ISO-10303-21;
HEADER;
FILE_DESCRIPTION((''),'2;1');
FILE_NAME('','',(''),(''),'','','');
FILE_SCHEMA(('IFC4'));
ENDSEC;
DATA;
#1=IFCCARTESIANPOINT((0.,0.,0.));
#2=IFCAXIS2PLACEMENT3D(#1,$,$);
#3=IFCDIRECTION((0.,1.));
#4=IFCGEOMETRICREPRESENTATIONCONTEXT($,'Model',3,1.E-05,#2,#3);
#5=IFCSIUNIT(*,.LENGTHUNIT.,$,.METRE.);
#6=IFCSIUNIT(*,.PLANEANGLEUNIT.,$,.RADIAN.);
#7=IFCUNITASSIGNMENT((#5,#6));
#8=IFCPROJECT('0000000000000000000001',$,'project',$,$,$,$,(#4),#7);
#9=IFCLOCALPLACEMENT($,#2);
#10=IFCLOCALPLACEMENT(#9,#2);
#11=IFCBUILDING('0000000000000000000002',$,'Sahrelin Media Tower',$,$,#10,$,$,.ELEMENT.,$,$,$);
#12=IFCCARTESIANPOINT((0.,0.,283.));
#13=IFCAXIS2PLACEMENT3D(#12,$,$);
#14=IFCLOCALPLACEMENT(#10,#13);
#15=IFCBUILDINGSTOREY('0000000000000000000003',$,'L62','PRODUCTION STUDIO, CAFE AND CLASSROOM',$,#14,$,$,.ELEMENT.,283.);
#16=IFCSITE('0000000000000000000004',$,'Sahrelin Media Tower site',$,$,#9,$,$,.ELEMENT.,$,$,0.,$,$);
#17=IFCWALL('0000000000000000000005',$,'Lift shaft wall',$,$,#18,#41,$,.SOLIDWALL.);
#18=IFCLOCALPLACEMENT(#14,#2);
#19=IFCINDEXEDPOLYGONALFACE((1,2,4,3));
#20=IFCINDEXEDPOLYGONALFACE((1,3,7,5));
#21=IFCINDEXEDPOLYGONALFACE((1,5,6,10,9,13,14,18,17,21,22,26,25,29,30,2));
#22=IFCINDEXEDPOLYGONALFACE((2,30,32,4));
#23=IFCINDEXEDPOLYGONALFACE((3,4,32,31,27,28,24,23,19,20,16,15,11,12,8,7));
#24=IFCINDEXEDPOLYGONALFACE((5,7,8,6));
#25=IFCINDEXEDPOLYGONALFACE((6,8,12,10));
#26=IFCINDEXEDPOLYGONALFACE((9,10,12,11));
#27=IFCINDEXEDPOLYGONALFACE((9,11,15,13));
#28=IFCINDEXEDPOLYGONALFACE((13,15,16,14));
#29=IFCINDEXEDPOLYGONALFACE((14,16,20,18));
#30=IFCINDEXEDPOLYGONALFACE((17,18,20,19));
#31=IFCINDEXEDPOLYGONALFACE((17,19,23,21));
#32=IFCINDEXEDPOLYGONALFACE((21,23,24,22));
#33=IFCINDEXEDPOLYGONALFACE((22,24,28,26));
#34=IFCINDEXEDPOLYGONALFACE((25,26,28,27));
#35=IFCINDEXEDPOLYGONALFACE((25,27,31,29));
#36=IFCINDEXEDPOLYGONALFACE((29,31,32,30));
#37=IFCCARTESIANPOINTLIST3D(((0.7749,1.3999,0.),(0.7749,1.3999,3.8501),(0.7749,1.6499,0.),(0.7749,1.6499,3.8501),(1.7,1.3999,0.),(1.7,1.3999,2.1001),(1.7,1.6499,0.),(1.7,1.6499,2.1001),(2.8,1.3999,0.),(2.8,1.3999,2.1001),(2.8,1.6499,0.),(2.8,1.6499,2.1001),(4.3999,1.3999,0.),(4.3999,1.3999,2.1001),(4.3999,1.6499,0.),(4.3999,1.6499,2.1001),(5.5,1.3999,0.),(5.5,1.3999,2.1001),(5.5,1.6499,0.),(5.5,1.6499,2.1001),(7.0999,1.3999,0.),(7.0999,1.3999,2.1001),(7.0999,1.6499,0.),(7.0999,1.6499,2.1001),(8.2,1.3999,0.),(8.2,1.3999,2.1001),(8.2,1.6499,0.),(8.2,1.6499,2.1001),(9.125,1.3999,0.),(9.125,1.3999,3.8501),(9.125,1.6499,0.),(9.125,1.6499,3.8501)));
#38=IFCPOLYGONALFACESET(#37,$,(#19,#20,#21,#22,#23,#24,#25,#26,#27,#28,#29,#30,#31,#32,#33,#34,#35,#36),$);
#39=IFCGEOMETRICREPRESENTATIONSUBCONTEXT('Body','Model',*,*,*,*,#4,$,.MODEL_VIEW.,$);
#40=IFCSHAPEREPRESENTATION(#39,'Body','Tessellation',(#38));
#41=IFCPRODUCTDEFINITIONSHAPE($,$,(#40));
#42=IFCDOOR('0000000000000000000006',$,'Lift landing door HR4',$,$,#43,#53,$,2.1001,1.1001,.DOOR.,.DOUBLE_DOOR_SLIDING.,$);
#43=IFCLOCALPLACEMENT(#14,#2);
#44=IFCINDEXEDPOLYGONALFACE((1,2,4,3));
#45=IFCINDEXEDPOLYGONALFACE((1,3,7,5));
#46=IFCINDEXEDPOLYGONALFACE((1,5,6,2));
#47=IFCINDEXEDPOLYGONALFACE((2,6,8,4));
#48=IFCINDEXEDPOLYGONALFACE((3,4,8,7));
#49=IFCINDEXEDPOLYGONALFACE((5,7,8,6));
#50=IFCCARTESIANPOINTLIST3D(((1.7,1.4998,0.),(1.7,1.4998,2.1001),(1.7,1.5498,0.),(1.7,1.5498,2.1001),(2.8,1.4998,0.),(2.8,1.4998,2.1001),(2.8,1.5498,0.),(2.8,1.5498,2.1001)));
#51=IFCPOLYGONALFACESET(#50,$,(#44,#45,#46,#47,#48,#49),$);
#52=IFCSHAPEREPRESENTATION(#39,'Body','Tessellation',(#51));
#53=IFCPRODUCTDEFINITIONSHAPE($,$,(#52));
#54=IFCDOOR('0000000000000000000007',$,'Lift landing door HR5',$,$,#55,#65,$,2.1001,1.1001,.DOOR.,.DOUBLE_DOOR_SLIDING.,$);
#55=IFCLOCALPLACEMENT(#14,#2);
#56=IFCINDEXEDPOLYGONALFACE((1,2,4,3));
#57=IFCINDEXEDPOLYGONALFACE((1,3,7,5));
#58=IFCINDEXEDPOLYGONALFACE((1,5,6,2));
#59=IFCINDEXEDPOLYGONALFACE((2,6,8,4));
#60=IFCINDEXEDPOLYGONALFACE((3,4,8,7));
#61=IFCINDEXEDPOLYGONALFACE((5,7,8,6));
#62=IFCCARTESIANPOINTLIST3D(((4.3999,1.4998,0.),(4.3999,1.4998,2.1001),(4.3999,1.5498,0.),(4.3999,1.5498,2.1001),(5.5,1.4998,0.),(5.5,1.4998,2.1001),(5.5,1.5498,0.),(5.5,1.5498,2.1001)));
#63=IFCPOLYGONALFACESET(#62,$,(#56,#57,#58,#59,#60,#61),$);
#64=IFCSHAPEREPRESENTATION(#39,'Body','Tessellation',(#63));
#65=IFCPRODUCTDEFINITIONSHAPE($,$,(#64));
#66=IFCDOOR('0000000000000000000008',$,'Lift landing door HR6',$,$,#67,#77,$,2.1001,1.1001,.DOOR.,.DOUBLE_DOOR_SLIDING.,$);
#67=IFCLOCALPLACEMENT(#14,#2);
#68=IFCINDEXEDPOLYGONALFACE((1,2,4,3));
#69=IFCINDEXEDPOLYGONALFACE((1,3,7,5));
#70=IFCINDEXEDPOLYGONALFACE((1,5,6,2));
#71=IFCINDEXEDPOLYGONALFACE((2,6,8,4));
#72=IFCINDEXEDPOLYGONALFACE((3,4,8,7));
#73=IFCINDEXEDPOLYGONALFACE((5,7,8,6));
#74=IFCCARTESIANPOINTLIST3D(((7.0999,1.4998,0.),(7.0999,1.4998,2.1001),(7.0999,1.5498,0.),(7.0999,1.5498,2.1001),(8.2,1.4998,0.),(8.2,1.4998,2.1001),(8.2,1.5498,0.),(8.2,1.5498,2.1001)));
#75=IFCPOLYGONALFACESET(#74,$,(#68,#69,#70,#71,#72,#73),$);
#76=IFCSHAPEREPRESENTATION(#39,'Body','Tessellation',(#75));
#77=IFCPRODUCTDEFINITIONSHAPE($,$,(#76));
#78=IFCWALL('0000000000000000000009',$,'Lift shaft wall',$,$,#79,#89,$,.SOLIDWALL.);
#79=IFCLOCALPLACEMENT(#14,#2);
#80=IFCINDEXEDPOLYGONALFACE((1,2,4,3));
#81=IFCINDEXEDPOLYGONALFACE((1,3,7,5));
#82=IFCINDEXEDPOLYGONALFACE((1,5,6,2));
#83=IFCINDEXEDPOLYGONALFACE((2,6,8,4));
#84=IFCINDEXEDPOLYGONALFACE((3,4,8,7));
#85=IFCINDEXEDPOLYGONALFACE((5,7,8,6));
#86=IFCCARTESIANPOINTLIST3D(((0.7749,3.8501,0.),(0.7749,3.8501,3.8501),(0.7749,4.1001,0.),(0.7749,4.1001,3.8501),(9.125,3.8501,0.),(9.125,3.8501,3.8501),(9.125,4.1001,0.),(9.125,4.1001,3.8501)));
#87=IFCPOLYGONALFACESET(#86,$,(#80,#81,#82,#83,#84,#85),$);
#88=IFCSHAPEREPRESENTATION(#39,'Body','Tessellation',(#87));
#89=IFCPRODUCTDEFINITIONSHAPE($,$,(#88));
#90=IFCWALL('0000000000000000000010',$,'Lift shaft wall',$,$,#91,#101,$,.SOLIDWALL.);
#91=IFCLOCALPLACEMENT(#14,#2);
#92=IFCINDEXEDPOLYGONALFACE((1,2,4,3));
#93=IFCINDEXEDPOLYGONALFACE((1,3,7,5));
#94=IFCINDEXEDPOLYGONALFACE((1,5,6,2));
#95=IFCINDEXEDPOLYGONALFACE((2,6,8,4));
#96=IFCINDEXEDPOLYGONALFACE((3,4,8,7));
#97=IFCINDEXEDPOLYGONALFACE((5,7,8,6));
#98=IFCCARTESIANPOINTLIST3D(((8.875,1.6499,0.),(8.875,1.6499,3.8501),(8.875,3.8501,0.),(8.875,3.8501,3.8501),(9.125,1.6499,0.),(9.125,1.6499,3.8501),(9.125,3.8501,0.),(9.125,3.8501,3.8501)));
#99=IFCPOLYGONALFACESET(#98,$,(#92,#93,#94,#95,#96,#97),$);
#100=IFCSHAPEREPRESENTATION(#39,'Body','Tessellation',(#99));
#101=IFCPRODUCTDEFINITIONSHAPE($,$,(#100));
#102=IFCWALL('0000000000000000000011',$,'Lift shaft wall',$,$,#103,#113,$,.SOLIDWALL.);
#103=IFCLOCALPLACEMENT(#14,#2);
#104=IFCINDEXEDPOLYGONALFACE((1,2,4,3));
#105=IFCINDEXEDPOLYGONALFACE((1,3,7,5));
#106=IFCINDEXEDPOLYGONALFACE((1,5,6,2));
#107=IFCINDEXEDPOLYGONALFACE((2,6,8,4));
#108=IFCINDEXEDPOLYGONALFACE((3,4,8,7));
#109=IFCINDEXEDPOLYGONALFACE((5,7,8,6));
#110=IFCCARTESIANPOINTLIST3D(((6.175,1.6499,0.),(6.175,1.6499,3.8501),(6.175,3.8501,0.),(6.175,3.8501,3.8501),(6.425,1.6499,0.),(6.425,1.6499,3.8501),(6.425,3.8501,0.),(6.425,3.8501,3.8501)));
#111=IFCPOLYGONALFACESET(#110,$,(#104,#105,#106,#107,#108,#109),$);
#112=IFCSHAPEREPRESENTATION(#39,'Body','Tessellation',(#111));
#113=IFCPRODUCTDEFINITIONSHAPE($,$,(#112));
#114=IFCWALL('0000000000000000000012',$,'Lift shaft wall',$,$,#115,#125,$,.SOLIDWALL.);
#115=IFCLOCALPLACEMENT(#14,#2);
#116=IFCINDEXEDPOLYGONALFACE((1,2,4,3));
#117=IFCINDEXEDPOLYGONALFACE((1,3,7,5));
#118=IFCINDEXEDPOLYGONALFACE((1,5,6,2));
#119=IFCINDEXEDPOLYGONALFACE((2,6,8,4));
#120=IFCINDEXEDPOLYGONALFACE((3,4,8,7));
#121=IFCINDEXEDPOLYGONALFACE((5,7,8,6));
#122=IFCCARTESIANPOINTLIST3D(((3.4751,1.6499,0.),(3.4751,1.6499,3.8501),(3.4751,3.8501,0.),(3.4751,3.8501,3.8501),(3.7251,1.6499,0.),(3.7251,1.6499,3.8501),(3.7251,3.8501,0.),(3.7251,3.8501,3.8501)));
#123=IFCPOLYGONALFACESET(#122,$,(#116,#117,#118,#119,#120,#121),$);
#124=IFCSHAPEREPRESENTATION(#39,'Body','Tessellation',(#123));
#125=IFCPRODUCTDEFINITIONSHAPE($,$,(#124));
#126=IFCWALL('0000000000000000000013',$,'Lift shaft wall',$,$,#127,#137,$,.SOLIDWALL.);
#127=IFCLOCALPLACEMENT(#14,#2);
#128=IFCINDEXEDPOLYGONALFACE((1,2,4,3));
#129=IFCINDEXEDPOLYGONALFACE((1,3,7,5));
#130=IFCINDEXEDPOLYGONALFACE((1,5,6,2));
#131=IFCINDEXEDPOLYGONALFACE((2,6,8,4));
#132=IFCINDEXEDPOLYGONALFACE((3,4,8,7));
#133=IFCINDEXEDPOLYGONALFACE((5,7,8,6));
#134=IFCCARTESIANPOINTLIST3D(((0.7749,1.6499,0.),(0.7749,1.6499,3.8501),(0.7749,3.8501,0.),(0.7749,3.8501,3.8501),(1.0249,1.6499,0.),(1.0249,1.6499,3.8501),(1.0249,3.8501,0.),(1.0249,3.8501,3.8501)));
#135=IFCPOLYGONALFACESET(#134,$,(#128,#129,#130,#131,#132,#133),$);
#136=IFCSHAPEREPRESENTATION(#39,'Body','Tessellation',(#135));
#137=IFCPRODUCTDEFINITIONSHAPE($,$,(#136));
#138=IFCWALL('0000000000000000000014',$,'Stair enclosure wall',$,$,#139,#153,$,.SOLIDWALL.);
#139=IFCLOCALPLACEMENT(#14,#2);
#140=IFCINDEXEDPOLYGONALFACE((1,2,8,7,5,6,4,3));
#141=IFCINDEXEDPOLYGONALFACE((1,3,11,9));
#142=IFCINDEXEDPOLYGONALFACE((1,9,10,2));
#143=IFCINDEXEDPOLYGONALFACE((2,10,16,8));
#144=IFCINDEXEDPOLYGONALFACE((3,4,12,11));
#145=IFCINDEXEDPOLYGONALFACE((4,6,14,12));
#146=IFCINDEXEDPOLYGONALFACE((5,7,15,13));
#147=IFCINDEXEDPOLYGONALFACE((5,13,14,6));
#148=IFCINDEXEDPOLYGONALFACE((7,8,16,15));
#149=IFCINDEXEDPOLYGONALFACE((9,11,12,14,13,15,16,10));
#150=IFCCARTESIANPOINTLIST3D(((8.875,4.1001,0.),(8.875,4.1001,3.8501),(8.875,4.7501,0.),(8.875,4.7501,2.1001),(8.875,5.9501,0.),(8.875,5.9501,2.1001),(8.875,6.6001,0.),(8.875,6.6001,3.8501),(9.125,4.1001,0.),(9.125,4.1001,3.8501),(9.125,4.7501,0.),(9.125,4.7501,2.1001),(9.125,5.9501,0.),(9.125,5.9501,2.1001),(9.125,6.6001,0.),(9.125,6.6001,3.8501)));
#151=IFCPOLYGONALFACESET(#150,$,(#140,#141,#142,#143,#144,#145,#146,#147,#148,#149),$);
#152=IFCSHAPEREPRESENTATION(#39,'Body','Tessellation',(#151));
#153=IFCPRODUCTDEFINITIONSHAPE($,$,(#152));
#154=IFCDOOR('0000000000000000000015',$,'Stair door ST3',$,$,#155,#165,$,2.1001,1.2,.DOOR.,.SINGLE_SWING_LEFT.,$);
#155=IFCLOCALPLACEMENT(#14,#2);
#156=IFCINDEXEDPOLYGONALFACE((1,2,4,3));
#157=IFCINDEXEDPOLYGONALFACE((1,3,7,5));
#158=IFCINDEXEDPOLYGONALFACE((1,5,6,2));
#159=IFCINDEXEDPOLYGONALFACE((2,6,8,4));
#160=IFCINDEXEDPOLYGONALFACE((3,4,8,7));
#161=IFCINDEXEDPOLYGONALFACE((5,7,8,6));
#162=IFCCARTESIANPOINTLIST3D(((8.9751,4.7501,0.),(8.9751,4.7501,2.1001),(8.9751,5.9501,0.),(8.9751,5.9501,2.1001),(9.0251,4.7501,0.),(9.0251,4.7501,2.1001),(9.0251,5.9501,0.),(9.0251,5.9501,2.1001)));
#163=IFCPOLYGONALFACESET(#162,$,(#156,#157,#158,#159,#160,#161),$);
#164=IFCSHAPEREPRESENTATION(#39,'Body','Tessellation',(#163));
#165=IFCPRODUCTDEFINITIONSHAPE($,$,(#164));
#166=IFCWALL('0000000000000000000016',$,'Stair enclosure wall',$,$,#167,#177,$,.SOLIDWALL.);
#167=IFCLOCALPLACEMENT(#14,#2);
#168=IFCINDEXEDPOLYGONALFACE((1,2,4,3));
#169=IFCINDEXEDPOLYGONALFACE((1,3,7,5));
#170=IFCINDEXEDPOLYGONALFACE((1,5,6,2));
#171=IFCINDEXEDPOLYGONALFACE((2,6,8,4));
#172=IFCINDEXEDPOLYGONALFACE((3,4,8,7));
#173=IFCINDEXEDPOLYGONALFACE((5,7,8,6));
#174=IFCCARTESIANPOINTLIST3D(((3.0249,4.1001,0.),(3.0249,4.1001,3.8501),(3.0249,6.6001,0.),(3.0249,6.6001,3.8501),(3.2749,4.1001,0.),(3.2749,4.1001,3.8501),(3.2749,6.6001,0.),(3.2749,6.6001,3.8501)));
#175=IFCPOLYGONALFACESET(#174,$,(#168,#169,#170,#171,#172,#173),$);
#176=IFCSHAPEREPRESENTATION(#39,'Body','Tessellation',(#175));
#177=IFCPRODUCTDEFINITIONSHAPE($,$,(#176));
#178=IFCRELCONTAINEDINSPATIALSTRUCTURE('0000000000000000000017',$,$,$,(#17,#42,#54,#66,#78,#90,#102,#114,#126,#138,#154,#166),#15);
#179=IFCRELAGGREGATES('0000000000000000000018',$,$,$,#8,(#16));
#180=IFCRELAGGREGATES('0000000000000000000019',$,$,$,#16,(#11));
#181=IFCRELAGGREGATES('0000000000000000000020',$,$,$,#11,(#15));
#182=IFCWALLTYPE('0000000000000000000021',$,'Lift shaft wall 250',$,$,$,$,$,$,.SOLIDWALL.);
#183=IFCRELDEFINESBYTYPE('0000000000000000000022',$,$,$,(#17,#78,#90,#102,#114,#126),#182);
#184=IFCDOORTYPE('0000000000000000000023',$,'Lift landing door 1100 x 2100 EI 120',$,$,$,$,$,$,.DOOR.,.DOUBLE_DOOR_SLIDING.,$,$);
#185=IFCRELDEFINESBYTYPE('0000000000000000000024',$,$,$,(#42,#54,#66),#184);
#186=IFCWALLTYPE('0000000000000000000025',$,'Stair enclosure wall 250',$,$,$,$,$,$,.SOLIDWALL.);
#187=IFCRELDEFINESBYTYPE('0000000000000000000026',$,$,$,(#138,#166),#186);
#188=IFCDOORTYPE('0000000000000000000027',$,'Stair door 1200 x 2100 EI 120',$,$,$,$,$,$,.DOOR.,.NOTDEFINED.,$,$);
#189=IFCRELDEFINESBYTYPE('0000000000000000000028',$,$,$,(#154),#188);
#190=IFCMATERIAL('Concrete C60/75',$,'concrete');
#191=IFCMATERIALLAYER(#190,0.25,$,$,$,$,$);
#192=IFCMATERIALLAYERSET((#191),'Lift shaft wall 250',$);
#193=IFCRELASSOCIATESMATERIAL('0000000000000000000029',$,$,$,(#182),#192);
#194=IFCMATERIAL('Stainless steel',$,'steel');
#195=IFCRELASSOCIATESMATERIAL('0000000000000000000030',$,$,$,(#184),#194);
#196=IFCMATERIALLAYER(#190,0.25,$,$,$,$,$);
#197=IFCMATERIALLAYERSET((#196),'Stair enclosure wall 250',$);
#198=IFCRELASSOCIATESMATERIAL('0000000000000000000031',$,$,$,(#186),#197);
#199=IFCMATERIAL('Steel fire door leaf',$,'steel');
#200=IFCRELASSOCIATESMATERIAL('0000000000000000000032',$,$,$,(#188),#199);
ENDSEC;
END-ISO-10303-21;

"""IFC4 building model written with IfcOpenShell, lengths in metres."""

from ifc_helpers import new_model, si_unit, direction, frame, frame_2d, origin, place, context, subcontext, project, spatial, rectangle, extrude, material, layer, layer_set, type_object, element, fill, save


model = new_model("IFC4")

# Units and contexts
model_context = context("Model", 3, precision=1e-05, world=origin(), true_north=direction((0.0, 1.0)))
body_context = subcontext(model_context, "Body", "Model", "MODEL_VIEW")
ifc_project = project(units=[si_unit("LENGTHUNIT", "METRE"), si_unit("PLANEANGLEUNIT", "RADIAN")], contexts=[model_context])

# Site, building, storey
site_placement = place(None, origin())
site = spatial("IfcSite", under=ifc_project, at=site_placement, Name="Sahrelin Media Tower site", CompositionType="ELEMENT", RefElevation=0.0)
building_placement = place(site_placement, origin())
building = spatial("IfcBuilding", under=site, at=building_placement, Name="Sahrelin Media Tower", CompositionType="ELEMENT")
storey_placement = place(building_placement, frame((0.0, 0.0, 283.0)))
storey = spatial("IfcBuildingStorey", under=building, at=storey_placement, Name="L62", Description="PRODUCTION STUDIO, CAFE AND CLASSROOM", CompositionType="ELEMENT", Elevation=283.0)

# Wall, openings, doors
ifc_material_1 = material(Name="Concrete C60/75", Category="concrete")
ifc_layer_1 = layer(ifc_material_1, 0.25)
ifc_layer_set_1 = layer_set([ifc_layer_1], Name="Lift shaft wall 250")
wall_type_1 = type_object("IfcWallType", Name="Lift shaft wall 250", PredefinedType="SOLIDWALL", material=ifc_layer_set_1)
wall_1_placement = place(storey_placement, frame((0.7749, 1.5249, 0.0), z_axis=(0.0, 0.0, 1.0), x_axis=(1.0, 0.0, 0.0)))
wall_1 = element("IfcWall", 1, at=wall_1_placement, inside=storey, type_object=wall_type_1, Name="Lift shaft wall", PredefinedType="SOLIDWALL", context=body_context, shape_type="SweptSolid", body=[
    extrude(rectangle(XDim=8.3501, YDim=0.25, at=frame_2d((4.175, 0.0))), origin(), (0.0, 0.0, 1.0), 3.8501),
])
opening_1_placement = place(wall_1_placement, frame((0.925, 0.0, 0.0)))
opening_1 = element("IfcOpeningElement", 2, at=opening_1_placement, cuts=wall_1, PredefinedType="OPENING", context=body_context, shape_type="SweptSolid", body=[
    extrude(rectangle(XDim=1.1001, YDim=2.1001, at=frame_2d((0.55, 1.05))), frame((0.0, 0.125, 0.0), z_axis=(0.0, -1.0, 0.0), x_axis=(1.0, 0.0, 0.0)), (0.0, 0.0, 1.0), 0.25),
])
opening_2_placement = place(wall_1_placement, frame((3.625, 0.0, 0.0)))
opening_2 = element("IfcOpeningElement", 3, at=opening_2_placement, cuts=wall_1, PredefinedType="OPENING", context=body_context, shape_type="SweptSolid", body=[
    extrude(rectangle(XDim=1.1001, YDim=2.1001, at=frame_2d((0.55, 1.05))), frame((0.0, 0.125, 0.0), z_axis=(0.0, -1.0, 0.0), x_axis=(1.0, 0.0, 0.0)), (0.0, 0.0, 1.0), 0.25),
])
opening_3_placement = place(wall_1_placement, frame((6.325, 0.0, 0.0)))
opening_3 = element("IfcOpeningElement", 4, at=opening_3_placement, cuts=wall_1, PredefinedType="OPENING", context=body_context, shape_type="SweptSolid", body=[
    extrude(rectangle(XDim=1.1001, YDim=2.1001, at=frame_2d((0.55, 1.05))), frame((0.0, 0.125, 0.0), z_axis=(0.0, -1.0, 0.0), x_axis=(1.0, 0.0, 0.0)), (0.0, 0.0, 1.0), 0.25),
])
ifc_material_2 = material(Name="Stainless steel", Category="steel")
door_type_1 = type_object("IfcDoorType", Name="Lift landing door 1100 x 2100 EI 120", OperationType="DOUBLE_DOOR_SLIDING", PredefinedType="DOOR", material=ifc_material_2)
door_1_placement = place(opening_1_placement, origin())
door_1 = element("IfcDoor", 5, at=door_1_placement, inside=storey, type_object=door_type_1, Name="Lift landing door HR4", OperationType="DOUBLE_DOOR_SLIDING", OverallHeight=2.1001, OverallWidth=1.1001, PredefinedType="DOOR", context=body_context, shape_type="SweptSolid", body=[
    extrude(rectangle(XDim=1.1001, YDim=2.1001, at=frame_2d((0.55, 1.05))), frame((0.0, 0.0249, 0.0), z_axis=(0.0, -1.0, 0.0), x_axis=(1.0, 0.0, 0.0)), (0.0, 0.0, 1.0), 0.05),
])
fill(opening_1, door_1)
door_2_placement = place(opening_2_placement, origin())
door_2 = element("IfcDoor", 6, at=door_2_placement, inside=storey, type_object=door_type_1, Name="Lift landing door HR5", OperationType="DOUBLE_DOOR_SLIDING", OverallHeight=2.1001, OverallWidth=1.1001, PredefinedType="DOOR", context=body_context, shape_type="SweptSolid", body=[
    extrude(rectangle(XDim=1.1001, YDim=2.1001, at=frame_2d((0.55, 1.05))), frame((0.0, 0.0249, 0.0), z_axis=(0.0, -1.0, 0.0), x_axis=(1.0, 0.0, 0.0)), (0.0, 0.0, 1.0), 0.05),
])
fill(opening_2, door_2)
door_3_placement = place(opening_3_placement, origin())
door_3 = element("IfcDoor", 7, at=door_3_placement, inside=storey, type_object=door_type_1, Name="Lift landing door HR6", OperationType="DOUBLE_DOOR_SLIDING", OverallHeight=2.1001, OverallWidth=1.1001, PredefinedType="DOOR", context=body_context, shape_type="SweptSolid", body=[
    extrude(rectangle(XDim=1.1001, YDim=2.1001, at=frame_2d((0.55, 1.05))), frame((0.0, 0.0249, 0.0), z_axis=(0.0, -1.0, 0.0), x_axis=(1.0, 0.0, 0.0)), (0.0, 0.0, 1.0), 0.05),
])
fill(opening_3, door_3)

# Walls
wall_2_placement = place(storey_placement, frame((0.7749, 3.9751, 0.0), z_axis=(0.0, 0.0, 1.0), x_axis=(1.0, 0.0, 0.0)))
element("IfcWall", 8, at=wall_2_placement, inside=storey, type_object=wall_type_1, Name="Lift shaft wall", PredefinedType="SOLIDWALL", context=body_context, shape_type="SweptSolid", body=[
    extrude(rectangle(XDim=8.3501, YDim=0.25, at=frame_2d((4.175, 0.0))), origin(), (0.0, 0.0, 1.0), 3.8501),
])
for number, where, z_axis, x_axis, name in (
    (9, (9.0, 1.6499, 0.0), (0.0, 0.0, 1.0), (0.0, 1.0, 0.0), "Lift shaft wall"),
    (10, (6.3, 1.6499, 0.0), (0.0, 0.0, 1.0), (0.0, 1.0, 0.0), "Lift shaft wall"),
    (11, (3.6001, 1.6499, 0.0), (0.0, 0.0, 1.0), (0.0, 1.0, 0.0), "Lift shaft wall"),
    (12, (0.8999, 1.6499, 0.0), (0.0, 0.0, 1.0), (0.0, 1.0, 0.0), "Lift shaft wall"),
):
    element("IfcWall", number, at=place(storey_placement, frame(where, z_axis=z_axis, x_axis=x_axis)), inside=storey, type_object=wall_type_1, Name=name, PredefinedType="SOLIDWALL", context=body_context, shape_type="SweptSolid", body=[
        extrude(rectangle(XDim=2.2002, YDim=0.25, at=frame_2d((1.1001, 0.0))), origin(), (0.0, 0.0, 1.0), 3.8501),
    ])

# Wall, opening, door
ifc_layer_2 = layer(ifc_material_1, 0.25)
ifc_layer_set_2 = layer_set([ifc_layer_2], Name="Stair enclosure wall 250")
wall_type_2 = type_object("IfcWallType", Name="Stair enclosure wall 250", PredefinedType="SOLIDWALL", material=ifc_layer_set_2)
wall_3_placement = place(storey_placement, frame((9.0, 4.1001, 0.0), z_axis=(0.0, 0.0, 1.0), x_axis=(0.0, 1.0, 0.0)))
wall_3 = element("IfcWall", 13, at=wall_3_placement, inside=storey, type_object=wall_type_2, Name="Stair enclosure wall", PredefinedType="SOLIDWALL", context=body_context, shape_type="SweptSolid", body=[
    extrude(rectangle(XDim=2.5, YDim=0.25, at=frame_2d((1.25, 0.0))), origin(), (0.0, 0.0, 1.0), 3.8501),
])
opening_4_placement = place(wall_3_placement, frame((0.6499, 0.0, 0.0)))
opening_4 = element("IfcOpeningElement", 14, at=opening_4_placement, cuts=wall_3, PredefinedType="OPENING", context=body_context, shape_type="SweptSolid", body=[
    extrude(rectangle(XDim=1.2, YDim=2.1001, at=frame_2d((0.6001, 1.05))), frame((0.0, 0.125, 0.0), z_axis=(0.0, -1.0, 0.0), x_axis=(1.0, 0.0, 0.0)), (0.0, 0.0, 1.0), 0.25),
])
ifc_material_3 = material(Name="Steel fire door leaf", Category="steel")
door_type_2 = type_object("IfcDoorType", Name="Stair door 1200 x 2100 EI 120", OperationType="NOTDEFINED", PredefinedType="DOOR", material=ifc_material_3)
door_4_placement = place(opening_4_placement, origin())
door_4 = element("IfcDoor", 15, at=door_4_placement, inside=storey, type_object=door_type_2, Name="Stair door ST3", OperationType="SINGLE_SWING_LEFT", OverallHeight=2.1001, OverallWidth=1.2, PredefinedType="DOOR", context=body_context, shape_type="SweptSolid", body=[
    extrude(rectangle(XDim=1.2, YDim=2.1001, at=frame_2d((0.6001, 1.05))), frame((0.0, 0.0249, 0.0), z_axis=(0.0, -1.0, 0.0), x_axis=(1.0, 0.0, 0.0)), (0.0, 0.0, 1.0), 0.05),
])
fill(opening_4, door_4)

# Wall
wall_4_placement = place(storey_placement, frame((3.1499, 4.1001, 0.0), z_axis=(0.0, 0.0, 1.0), x_axis=(0.0, 1.0, 0.0)))
element("IfcWall", 16, at=wall_4_placement, inside=storey, type_object=wall_type_2, Name="Stair enclosure wall", PredefinedType="SOLIDWALL", context=body_context, shape_type="SweptSolid", body=[
    extrude(rectangle(XDim=2.5, YDim=0.25, at=frame_2d((1.25, 0.0))), origin(), (0.0, 0.0, 1.0), 3.8501),
])

save(model, "model.ifc")
